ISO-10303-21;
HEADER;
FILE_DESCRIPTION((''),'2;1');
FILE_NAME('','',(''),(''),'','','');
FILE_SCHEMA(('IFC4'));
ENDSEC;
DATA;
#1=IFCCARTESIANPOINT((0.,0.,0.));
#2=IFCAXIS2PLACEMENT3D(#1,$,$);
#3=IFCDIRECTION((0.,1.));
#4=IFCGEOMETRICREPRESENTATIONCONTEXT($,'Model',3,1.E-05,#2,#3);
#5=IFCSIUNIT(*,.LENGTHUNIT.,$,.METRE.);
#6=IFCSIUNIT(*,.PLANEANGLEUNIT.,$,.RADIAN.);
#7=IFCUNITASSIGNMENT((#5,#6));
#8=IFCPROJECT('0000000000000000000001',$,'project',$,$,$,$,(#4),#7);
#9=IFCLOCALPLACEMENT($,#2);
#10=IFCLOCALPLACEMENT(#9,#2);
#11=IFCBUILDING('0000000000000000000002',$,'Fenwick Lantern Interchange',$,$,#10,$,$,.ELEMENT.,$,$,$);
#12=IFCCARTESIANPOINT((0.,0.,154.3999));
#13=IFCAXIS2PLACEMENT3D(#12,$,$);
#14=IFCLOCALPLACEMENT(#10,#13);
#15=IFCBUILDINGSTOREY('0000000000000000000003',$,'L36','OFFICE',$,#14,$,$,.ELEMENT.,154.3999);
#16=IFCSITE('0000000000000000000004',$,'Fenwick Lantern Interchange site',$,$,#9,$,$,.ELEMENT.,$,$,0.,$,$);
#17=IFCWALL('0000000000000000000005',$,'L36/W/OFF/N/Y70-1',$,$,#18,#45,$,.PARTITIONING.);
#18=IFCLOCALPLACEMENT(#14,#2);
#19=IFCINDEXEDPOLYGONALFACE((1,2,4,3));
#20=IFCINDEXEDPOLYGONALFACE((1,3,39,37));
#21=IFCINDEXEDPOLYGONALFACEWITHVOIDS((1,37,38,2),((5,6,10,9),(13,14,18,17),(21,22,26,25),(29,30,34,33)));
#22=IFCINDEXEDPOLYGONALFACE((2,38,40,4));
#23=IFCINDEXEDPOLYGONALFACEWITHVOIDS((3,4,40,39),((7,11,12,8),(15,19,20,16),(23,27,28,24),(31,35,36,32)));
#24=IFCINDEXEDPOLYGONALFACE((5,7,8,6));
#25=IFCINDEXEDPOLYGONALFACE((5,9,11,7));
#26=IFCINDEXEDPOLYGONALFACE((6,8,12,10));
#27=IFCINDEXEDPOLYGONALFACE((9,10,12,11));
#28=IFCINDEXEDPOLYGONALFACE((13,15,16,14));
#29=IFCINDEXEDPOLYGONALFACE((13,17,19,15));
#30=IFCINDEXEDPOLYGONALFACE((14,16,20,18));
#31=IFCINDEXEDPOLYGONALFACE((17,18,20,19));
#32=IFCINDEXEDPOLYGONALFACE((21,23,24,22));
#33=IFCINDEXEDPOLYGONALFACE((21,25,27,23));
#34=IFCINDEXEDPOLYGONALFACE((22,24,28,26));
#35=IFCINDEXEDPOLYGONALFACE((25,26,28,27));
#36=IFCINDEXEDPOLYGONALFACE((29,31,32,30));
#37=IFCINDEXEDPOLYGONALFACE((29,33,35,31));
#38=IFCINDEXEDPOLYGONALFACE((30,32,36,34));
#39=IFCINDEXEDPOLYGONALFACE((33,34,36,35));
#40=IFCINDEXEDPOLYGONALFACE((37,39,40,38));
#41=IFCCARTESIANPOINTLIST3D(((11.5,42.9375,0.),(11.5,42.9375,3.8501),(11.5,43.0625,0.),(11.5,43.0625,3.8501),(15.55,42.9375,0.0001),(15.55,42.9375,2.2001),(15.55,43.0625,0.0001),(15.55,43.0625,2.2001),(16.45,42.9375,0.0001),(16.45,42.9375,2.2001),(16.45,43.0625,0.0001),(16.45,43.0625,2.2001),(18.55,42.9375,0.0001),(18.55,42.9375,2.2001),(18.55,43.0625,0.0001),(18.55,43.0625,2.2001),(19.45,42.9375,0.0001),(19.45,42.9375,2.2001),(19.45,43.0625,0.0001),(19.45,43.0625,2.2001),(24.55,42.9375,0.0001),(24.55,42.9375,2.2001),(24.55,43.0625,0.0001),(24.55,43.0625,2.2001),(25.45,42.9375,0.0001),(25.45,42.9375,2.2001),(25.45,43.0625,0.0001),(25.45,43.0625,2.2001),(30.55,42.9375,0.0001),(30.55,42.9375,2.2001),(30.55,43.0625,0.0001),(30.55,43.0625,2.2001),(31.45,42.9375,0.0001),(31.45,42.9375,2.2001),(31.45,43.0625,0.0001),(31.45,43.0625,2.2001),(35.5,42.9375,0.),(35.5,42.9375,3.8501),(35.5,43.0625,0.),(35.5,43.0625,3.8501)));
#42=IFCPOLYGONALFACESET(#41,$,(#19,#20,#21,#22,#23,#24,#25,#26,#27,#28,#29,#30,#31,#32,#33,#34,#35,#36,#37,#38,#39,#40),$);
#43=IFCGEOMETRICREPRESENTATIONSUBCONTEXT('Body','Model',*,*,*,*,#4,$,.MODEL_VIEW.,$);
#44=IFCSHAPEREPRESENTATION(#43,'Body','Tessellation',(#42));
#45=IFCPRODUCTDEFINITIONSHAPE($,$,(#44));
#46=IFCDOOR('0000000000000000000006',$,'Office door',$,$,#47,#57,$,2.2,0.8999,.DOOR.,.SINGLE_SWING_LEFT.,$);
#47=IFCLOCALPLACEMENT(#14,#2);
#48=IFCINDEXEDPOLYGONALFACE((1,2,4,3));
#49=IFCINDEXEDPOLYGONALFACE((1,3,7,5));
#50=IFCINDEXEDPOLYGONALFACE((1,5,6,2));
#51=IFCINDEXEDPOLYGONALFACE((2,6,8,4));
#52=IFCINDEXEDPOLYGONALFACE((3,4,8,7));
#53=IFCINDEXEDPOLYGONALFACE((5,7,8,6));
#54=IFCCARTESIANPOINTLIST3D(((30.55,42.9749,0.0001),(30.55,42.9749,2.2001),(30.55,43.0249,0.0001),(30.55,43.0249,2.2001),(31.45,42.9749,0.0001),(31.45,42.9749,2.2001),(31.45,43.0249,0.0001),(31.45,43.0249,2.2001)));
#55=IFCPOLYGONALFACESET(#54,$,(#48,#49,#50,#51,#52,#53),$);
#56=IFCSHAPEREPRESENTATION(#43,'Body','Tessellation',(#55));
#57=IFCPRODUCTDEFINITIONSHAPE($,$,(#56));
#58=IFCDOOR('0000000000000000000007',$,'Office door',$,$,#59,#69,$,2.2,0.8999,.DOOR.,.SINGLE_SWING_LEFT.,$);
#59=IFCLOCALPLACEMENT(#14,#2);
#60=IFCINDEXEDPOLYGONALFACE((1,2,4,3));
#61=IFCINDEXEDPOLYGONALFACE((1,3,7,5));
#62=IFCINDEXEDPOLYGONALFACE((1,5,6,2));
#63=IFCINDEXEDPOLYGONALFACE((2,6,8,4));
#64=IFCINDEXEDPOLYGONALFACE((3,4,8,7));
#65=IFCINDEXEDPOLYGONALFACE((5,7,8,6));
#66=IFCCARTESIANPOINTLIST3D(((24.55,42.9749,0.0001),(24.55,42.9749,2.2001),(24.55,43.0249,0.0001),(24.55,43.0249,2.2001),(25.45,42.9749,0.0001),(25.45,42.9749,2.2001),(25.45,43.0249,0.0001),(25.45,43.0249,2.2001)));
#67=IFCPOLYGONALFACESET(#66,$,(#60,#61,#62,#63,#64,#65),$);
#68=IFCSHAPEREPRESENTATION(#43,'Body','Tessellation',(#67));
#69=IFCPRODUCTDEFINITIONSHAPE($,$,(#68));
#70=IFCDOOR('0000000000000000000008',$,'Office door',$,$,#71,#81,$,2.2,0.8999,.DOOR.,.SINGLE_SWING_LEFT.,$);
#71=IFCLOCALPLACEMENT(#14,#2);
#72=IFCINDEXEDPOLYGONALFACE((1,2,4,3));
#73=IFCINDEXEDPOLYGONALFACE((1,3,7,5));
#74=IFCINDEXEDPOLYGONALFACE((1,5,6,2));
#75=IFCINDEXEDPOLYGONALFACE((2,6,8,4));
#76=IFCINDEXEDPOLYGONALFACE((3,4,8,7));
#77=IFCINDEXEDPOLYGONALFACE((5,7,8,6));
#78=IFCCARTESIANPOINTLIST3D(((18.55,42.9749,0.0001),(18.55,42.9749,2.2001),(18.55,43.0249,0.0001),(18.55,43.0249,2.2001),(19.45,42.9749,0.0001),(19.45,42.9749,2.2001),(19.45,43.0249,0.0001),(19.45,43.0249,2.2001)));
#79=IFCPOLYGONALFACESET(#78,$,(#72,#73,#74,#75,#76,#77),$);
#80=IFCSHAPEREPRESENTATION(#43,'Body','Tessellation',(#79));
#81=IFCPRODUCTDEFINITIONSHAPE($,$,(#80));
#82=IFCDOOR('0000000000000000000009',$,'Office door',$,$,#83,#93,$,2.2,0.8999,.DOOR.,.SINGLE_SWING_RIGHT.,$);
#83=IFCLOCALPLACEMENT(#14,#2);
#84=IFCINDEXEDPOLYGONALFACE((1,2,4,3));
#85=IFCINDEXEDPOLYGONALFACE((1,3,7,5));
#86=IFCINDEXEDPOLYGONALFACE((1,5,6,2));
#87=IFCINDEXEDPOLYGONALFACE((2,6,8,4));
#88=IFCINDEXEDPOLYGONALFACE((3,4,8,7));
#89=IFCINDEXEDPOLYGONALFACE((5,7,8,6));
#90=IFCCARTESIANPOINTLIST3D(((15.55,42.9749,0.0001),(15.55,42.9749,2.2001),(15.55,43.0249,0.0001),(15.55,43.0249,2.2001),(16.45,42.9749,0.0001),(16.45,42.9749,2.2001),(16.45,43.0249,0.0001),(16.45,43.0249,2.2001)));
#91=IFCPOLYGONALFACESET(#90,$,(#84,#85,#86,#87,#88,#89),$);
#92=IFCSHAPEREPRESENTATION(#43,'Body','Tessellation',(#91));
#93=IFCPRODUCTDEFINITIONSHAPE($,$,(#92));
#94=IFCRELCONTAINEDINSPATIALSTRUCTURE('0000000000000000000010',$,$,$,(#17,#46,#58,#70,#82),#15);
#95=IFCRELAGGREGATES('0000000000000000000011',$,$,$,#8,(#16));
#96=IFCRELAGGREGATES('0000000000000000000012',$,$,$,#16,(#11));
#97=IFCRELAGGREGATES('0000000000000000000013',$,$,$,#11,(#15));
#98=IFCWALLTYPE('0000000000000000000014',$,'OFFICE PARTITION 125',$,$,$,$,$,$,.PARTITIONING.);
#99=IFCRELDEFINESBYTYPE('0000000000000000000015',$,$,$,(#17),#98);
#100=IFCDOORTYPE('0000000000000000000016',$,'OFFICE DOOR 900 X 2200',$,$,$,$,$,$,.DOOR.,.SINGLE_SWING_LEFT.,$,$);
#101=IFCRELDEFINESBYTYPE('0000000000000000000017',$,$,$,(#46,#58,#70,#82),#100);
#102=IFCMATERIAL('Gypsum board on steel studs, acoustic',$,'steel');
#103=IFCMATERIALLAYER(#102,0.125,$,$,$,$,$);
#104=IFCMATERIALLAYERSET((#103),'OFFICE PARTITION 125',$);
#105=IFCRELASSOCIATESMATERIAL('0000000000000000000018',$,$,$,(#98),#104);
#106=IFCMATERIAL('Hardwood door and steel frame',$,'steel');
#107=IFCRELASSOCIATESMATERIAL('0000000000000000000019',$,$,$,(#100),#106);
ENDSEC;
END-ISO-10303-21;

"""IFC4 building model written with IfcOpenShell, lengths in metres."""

from ifc_helpers import new_model, si_unit, direction, frame, frame_2d, origin, place, context, subcontext, project, spatial, rectangle, extrude, material, layer, layer_set, type_object, element, fill, save


model = new_model("IFC4")

# Units and contexts
model_context = context("Model", 3, precision=1e-05, world=origin(), true_north=direction((0.0, 1.0)))
body_context = subcontext(model_context, "Body", "Model", "MODEL_VIEW")
ifc_project = project(units=[si_unit("LENGTHUNIT", "METRE"), si_unit("PLANEANGLEUNIT", "RADIAN")], contexts=[model_context])

# Site, building, storey
site_placement = place(None, origin())
site = spatial("IfcSite", under=ifc_project, at=site_placement, Name="Fenwick Lantern Interchange site", CompositionType="ELEMENT", RefElevation=0.0)
building_placement = place(site_placement, origin())
building = spatial("IfcBuilding", under=site, at=building_placement, Name="Fenwick Lantern Interchange", CompositionType="ELEMENT")
storey_placement = place(building_placement, frame((0.0, 0.0, 154.3999)))
storey = spatial("IfcBuildingStorey", under=building, at=storey_placement, Name="L36", Description="OFFICE", CompositionType="ELEMENT", Elevation=154.3999)

# Shared definitions
ifc_material_1 = material(Name="Gypsum board on steel studs, acoustic", Category="steel")
ifc_layer_1 = layer(ifc_material_1, 0.125)
ifc_layer_set_1 = layer_set([ifc_layer_1], Name="OFFICE PARTITION 125")
wall_type_1 = type_object("IfcWallType", Name="OFFICE PARTITION 125", PredefinedType="PARTITIONING", material=ifc_layer_set_1)
ifc_material_2 = material(Name="Hardwood door and steel frame", Category="steel")
door_type = type_object("IfcDoorType", Name="OFFICE DOOR 900 X 2200", OperationType="SINGLE_SWING_LEFT", PredefinedType="DOOR", material=ifc_material_2)

# Wall, openings, doors
wall_1_placement = place(storey_placement, frame((35.5, 43.0, 0.0), z_axis=(0.0, 0.0, 1.0), x_axis=(-1.0, 0.0, 0.0)))
wall_1 = element("IfcWall", 1, at=wall_1_placement, inside=storey, type_object=wall_type_1, Name="L36/W/OFF/N/Y70-1", PredefinedType="PARTITIONING", context=body_context, shape_type="SweptSolid", body=[
    extrude(rectangle(XDim=24.0, YDim=0.125, at=frame_2d((12.0, 0.0))), origin(), (0.0, 0.0, 1.0), 3.8501),
])
opening_1_placement = place(wall_1_placement, frame((4.05, 0.0, 0.0)))
opening_1 = element("IfcOpeningElement", 2, at=opening_1_placement, cuts=wall_1, PredefinedType="OPENING", context=body_context, shape_type="SweptSolid", body=[
    extrude(rectangle(XDim=0.8999, YDim=2.2, at=frame_2d((0.45, 1.1001))), frame((0.0, 0.0725, 0.0), z_axis=(0.0, -1.0, 0.0), x_axis=(1.0, 0.0, 0.0)), (0.0, 0.0, 1.0), 0.145),
])
opening_2_placement = place(wall_1_placement, frame((10.05, 0.0, 0.0)))
opening_2 = element("IfcOpeningElement", 3, at=opening_2_placement, cuts=wall_1, PredefinedType="OPENING", context=body_context, shape_type="SweptSolid", body=[
    extrude(rectangle(XDim=0.8999, YDim=2.2, at=frame_2d((0.45, 1.1001))), frame((0.0, 0.0725, 0.0), z_axis=(0.0, -1.0, 0.0), x_axis=(1.0, 0.0, 0.0)), (0.0, 0.0, 1.0), 0.145),
])
opening_3_placement = place(wall_1_placement, frame((16.05, 0.0, 0.0)))
opening_3 = element("IfcOpeningElement", 4, at=opening_3_placement, cuts=wall_1, PredefinedType="OPENING", context=body_context, shape_type="SweptSolid", body=[
    extrude(rectangle(XDim=0.8999, YDim=2.2, at=frame_2d((0.45, 1.1001))), frame((0.0, 0.0725, 0.0), z_axis=(0.0, -1.0, 0.0), x_axis=(1.0, 0.0, 0.0)), (0.0, 0.0, 1.0), 0.145),
])
opening_4_placement = place(wall_1_placement, frame((19.05, 0.0, 0.0)))
opening_4 = element("IfcOpeningElement", 5, at=opening_4_placement, cuts=wall_1, PredefinedType="OPENING", context=body_context, shape_type="SweptSolid", body=[
    extrude(rectangle(XDim=0.8999, YDim=2.2, at=frame_2d((0.45, 1.1001))), frame((0.0, 0.0725, 0.0), z_axis=(0.0, -1.0, 0.0), x_axis=(1.0, 0.0, 0.0)), (0.0, 0.0, 1.0), 0.145),
])
door_1_placement = place(opening_1_placement, frame((0.8999, 0.0, 0.0), z_axis=(0.0, 0.0, 1.0), x_axis=(-1.0, 0.0, 0.0)))
door_1 = element("IfcDoor", 6, at=door_1_placement, inside=storey, type_object=door_type, Name="Office door", OperationType="SINGLE_SWING_LEFT", OverallHeight=2.2, OverallWidth=0.8999, PredefinedType="DOOR", context=body_context, shape_type="SweptSolid", body=[
    extrude(rectangle(XDim=0.8999, YDim=2.2, at=frame_2d((0.45, 1.1001))), frame((0.0, 0.0249, 0.0), z_axis=(0.0, -1.0, 0.0), x_axis=(1.0, 0.0, 0.0)), (0.0, 0.0, 1.0), 0.05),
])
fill(opening_1, door_1)
door_2_placement = place(opening_2_placement, frame((0.8999, 0.0, 0.0), z_axis=(0.0, 0.0, 1.0), x_axis=(-1.0, 0.0, 0.0)))
door_2 = element("IfcDoor", 7, at=door_2_placement, inside=storey, type_object=door_type, Name="Office door", OperationType="SINGLE_SWING_LEFT", OverallHeight=2.2, OverallWidth=0.8999, PredefinedType="DOOR", context=body_context, shape_type="SweptSolid", body=[
    extrude(rectangle(XDim=0.8999, YDim=2.2, at=frame_2d((0.45, 1.1001))), frame((0.0, 0.0249, 0.0), z_axis=(0.0, -1.0, 0.0), x_axis=(1.0, 0.0, 0.0)), (0.0, 0.0, 1.0), 0.05),
])
fill(opening_2, door_2)
door_3_placement = place(opening_3_placement, frame((0.8999, 0.0, 0.0), z_axis=(0.0, 0.0, 1.0), x_axis=(-1.0, 0.0, 0.0)))
door_3 = element("IfcDoor", 8, at=door_3_placement, inside=storey, type_object=door_type, Name="Office door", OperationType="SINGLE_SWING_LEFT", OverallHeight=2.2, OverallWidth=0.8999, PredefinedType="DOOR", context=body_context, shape_type="SweptSolid", body=[
    extrude(rectangle(XDim=0.8999, YDim=2.2, at=frame_2d((0.45, 1.1001))), frame((0.0, 0.0249, 0.0), z_axis=(0.0, -1.0, 0.0), x_axis=(1.0, 0.0, 0.0)), (0.0, 0.0, 1.0), 0.05),
])
fill(opening_3, door_3)
door_4_placement = place(opening_4_placement, frame((0.8999, 0.0, 0.0), z_axis=(0.0, 0.0, 1.0), x_axis=(-1.0, 0.0, 0.0)))
door_4 = element("IfcDoor", 9, at=door_4_placement, inside=storey, type_object=door_type, Name="Office door", OperationType="SINGLE_SWING_RIGHT", OverallHeight=2.2, OverallWidth=0.8999, PredefinedType="DOOR", context=body_context, shape_type="SweptSolid", body=[
    extrude(rectangle(XDim=0.8999, YDim=2.2, at=frame_2d((0.45, 1.1001))), frame((0.0, 0.0249, 0.0), z_axis=(0.0, -1.0, 0.0), x_axis=(1.0, 0.0, 0.0)), (0.0, 0.0, 1.0), 0.05),
])
fill(opening_4, door_4)

save(model, "model.ifc")
